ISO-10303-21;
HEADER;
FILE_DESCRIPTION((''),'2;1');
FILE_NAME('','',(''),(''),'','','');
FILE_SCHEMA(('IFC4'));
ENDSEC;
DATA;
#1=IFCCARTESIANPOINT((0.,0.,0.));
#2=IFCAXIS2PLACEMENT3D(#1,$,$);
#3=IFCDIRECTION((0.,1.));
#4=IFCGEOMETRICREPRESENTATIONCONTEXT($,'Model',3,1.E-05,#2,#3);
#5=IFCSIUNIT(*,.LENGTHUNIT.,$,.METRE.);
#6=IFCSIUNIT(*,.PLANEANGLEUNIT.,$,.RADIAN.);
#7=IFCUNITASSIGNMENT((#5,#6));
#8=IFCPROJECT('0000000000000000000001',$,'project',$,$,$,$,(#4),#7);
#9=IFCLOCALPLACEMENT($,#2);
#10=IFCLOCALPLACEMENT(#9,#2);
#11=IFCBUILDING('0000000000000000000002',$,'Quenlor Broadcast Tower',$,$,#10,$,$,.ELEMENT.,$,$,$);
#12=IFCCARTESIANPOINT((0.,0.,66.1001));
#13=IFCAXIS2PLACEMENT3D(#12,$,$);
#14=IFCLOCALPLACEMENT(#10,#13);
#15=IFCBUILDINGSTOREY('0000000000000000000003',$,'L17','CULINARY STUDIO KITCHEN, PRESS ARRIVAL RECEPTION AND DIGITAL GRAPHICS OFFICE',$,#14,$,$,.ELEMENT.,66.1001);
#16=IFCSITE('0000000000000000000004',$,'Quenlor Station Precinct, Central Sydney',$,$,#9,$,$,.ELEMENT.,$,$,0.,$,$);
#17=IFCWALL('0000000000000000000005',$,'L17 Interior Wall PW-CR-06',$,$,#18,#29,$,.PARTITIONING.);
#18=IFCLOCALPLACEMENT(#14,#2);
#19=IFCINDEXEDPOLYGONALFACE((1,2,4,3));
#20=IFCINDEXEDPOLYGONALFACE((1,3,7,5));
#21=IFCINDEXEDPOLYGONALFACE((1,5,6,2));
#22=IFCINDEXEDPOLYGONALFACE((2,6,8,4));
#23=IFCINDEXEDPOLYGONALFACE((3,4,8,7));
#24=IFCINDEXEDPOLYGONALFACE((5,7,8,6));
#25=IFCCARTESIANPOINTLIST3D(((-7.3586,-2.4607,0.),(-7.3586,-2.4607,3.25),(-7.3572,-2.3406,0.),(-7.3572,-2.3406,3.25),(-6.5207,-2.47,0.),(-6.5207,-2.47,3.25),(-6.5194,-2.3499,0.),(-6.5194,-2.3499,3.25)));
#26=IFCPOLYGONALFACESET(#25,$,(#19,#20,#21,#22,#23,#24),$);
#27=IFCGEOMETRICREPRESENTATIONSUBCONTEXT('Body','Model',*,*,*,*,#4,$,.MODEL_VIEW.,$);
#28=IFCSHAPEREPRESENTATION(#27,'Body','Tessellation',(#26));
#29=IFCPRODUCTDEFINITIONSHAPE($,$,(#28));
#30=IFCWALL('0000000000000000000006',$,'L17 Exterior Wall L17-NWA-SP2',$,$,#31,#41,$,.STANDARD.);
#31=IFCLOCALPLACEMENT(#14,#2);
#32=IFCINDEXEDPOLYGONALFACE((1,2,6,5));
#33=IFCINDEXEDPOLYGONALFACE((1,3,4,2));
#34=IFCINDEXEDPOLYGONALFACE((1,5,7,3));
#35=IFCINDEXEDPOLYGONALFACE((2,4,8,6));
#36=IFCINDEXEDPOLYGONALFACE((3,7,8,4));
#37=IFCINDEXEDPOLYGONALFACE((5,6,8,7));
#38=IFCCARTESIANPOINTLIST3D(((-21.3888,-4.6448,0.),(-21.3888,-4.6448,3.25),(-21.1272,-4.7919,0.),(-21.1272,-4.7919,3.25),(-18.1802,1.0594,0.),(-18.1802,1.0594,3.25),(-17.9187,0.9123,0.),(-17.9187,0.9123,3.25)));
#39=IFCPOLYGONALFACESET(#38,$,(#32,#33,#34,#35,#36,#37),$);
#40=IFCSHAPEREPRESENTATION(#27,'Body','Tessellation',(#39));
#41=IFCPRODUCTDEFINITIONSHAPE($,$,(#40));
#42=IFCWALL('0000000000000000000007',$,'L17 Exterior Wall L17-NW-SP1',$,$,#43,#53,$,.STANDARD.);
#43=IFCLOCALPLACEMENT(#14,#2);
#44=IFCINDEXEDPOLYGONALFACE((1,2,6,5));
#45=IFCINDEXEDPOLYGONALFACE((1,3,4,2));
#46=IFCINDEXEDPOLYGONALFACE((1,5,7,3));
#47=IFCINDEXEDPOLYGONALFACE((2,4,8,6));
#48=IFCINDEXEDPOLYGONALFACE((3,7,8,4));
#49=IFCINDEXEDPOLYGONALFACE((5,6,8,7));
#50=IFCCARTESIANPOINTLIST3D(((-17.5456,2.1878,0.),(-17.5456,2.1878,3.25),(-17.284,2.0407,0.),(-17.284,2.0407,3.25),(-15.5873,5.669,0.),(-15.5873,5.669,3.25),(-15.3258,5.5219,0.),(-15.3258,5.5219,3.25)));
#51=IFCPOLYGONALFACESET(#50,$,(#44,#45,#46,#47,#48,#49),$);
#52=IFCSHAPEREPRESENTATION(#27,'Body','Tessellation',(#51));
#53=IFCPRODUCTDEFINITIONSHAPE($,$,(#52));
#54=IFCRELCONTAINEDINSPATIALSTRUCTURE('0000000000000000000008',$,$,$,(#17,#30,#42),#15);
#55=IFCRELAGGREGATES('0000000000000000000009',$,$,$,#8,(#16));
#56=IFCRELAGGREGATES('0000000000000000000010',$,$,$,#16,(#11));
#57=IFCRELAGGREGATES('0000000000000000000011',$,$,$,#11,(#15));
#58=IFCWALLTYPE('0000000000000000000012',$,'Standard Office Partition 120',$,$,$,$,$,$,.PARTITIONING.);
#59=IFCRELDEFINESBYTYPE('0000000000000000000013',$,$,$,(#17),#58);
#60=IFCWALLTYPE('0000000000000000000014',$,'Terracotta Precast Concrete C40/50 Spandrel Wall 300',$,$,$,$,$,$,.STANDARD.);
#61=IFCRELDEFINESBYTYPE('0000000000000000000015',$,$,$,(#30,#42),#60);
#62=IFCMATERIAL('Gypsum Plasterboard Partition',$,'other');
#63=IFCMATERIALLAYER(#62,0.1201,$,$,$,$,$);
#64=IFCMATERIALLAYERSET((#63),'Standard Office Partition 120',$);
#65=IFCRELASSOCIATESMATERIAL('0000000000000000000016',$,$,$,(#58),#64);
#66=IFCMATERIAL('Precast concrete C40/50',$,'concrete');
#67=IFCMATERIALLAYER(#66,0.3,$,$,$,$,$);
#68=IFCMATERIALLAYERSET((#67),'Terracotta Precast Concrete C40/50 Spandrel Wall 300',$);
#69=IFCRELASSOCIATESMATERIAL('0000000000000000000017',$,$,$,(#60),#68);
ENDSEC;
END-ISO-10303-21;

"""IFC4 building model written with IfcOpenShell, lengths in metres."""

from ifc_helpers import new_model, si_unit, direction, frame, frame_2d, origin, place, context, subcontext, project, spatial, rectangle, extrude, material, layer, layer_set, type_object, element, save


model = new_model("IFC4")

# Units and contexts
model_context = context("Model", 3, precision=1e-05, world=origin(), true_north=direction((0.0, 1.0)))
body_context = subcontext(model_context, "Body", "Model", "MODEL_VIEW")
ifc_project = project(units=[si_unit("LENGTHUNIT", "METRE"), si_unit("PLANEANGLEUNIT", "RADIAN")], contexts=[model_context])

# Site, building, storey
site_placement = place(None, origin())
site = spatial("IfcSite", under=ifc_project, at=site_placement, Name="Quenlor Station Precinct, Central Sydney", CompositionType="ELEMENT", RefElevation=0.0)
building_placement = place(site_placement, origin())
building = spatial("IfcBuilding", under=site, at=building_placement, Name="Quenlor Broadcast Tower", CompositionType="ELEMENT")
storey_placement = place(building_placement, frame((0.0, 0.0, 66.1001)))
storey = spatial("IfcBuildingStorey", under=building, at=storey_placement, Name="L17", Description="CULINARY STUDIO KITCHEN, PRESS ARRIVAL RECEPTION AND DIGITAL GRAPHICS OFFICE", CompositionType="ELEMENT", Elevation=66.1001)

# Shared definitions
ifc_material_1 = material(Name="Gypsum Plasterboard Partition", Category="other")
ifc_layer_1 = layer(ifc_material_1, 0.1201)
ifc_layer_set_1 = layer_set([ifc_layer_1], Name="Standard Office Partition 120")
wall_type_1 = type_object("IfcWallType", Name="Standard Office Partition 120", PredefinedType="PARTITIONING", material=ifc_layer_set_1)

# Walls
wall_1_placement = place(storey_placement, frame((-7.3579, -2.4006, 0.0), z_axis=(0.0, 0.0, 1.0), x_axis=(0.999939, -0.011072, 0.0)))
element("IfcWall", 1, at=wall_1_placement, inside=storey, type_object=wall_type_1, Name="L17 Interior Wall PW-CR-06", PredefinedType="PARTITIONING", context=body_context, shape_type="SweptSolid", body=[
    extrude(rectangle(XDim=0.8379, YDim=0.1201, at=frame_2d((0.4189, 0.0))), origin(), (0.0, 0.0, 1.0), 3.25),
])
ifc_material_2 = material(Name="Precast concrete C40/50", Category="concrete")
ifc_layer_2 = layer(ifc_material_2, 0.3)
ifc_layer_set_2 = layer_set([ifc_layer_2], Name="Terracotta Precast Concrete C40/50 Spandrel Wall 300")
wall_type_2 = type_object("IfcWallType", Name="Terracotta Precast Concrete C40/50 Spandrel Wall 300", PredefinedType="STANDARD", material=ifc_layer_set_2)
wall_2_placement = place(storey_placement, frame((-21.2581, -4.7185, 0.0), z_axis=(0.0, 0.0, 1.0), x_axis=(0.490254, 0.87158, 0.0)))
element("IfcWall", 2, at=wall_2_placement, inside=storey, type_object=wall_type_2, Name="L17 Exterior Wall L17-NWA-SP2", PredefinedType="STANDARD", context=body_context, shape_type="SweptSolid", body=[
    extrude(rectangle(XDim=6.5447, YDim=0.3, at=frame_2d((3.2725, 0.0))), origin(), (0.0, 0.0, 1.0), 3.25),
])
wall_3_placement = place(storey_placement, frame((-17.4148, 2.1143, 0.0), z_axis=(0.0, 0.0, 1.0), x_axis=(0.490276, 0.871567, 0.0)))
element("IfcWall", 3, at=wall_3_placement, inside=storey, type_object=wall_type_2, Name="L17 Exterior Wall L17-NW-SP1", PredefinedType="STANDARD", context=body_context, shape_type="SweptSolid", body=[
    extrude(rectangle(XDim=3.9941, YDim=0.3, at=frame_2d((1.9971, 0.0))), origin(), (0.0, 0.0, 1.0), 3.25),
])

save(model, "model.ifc")
